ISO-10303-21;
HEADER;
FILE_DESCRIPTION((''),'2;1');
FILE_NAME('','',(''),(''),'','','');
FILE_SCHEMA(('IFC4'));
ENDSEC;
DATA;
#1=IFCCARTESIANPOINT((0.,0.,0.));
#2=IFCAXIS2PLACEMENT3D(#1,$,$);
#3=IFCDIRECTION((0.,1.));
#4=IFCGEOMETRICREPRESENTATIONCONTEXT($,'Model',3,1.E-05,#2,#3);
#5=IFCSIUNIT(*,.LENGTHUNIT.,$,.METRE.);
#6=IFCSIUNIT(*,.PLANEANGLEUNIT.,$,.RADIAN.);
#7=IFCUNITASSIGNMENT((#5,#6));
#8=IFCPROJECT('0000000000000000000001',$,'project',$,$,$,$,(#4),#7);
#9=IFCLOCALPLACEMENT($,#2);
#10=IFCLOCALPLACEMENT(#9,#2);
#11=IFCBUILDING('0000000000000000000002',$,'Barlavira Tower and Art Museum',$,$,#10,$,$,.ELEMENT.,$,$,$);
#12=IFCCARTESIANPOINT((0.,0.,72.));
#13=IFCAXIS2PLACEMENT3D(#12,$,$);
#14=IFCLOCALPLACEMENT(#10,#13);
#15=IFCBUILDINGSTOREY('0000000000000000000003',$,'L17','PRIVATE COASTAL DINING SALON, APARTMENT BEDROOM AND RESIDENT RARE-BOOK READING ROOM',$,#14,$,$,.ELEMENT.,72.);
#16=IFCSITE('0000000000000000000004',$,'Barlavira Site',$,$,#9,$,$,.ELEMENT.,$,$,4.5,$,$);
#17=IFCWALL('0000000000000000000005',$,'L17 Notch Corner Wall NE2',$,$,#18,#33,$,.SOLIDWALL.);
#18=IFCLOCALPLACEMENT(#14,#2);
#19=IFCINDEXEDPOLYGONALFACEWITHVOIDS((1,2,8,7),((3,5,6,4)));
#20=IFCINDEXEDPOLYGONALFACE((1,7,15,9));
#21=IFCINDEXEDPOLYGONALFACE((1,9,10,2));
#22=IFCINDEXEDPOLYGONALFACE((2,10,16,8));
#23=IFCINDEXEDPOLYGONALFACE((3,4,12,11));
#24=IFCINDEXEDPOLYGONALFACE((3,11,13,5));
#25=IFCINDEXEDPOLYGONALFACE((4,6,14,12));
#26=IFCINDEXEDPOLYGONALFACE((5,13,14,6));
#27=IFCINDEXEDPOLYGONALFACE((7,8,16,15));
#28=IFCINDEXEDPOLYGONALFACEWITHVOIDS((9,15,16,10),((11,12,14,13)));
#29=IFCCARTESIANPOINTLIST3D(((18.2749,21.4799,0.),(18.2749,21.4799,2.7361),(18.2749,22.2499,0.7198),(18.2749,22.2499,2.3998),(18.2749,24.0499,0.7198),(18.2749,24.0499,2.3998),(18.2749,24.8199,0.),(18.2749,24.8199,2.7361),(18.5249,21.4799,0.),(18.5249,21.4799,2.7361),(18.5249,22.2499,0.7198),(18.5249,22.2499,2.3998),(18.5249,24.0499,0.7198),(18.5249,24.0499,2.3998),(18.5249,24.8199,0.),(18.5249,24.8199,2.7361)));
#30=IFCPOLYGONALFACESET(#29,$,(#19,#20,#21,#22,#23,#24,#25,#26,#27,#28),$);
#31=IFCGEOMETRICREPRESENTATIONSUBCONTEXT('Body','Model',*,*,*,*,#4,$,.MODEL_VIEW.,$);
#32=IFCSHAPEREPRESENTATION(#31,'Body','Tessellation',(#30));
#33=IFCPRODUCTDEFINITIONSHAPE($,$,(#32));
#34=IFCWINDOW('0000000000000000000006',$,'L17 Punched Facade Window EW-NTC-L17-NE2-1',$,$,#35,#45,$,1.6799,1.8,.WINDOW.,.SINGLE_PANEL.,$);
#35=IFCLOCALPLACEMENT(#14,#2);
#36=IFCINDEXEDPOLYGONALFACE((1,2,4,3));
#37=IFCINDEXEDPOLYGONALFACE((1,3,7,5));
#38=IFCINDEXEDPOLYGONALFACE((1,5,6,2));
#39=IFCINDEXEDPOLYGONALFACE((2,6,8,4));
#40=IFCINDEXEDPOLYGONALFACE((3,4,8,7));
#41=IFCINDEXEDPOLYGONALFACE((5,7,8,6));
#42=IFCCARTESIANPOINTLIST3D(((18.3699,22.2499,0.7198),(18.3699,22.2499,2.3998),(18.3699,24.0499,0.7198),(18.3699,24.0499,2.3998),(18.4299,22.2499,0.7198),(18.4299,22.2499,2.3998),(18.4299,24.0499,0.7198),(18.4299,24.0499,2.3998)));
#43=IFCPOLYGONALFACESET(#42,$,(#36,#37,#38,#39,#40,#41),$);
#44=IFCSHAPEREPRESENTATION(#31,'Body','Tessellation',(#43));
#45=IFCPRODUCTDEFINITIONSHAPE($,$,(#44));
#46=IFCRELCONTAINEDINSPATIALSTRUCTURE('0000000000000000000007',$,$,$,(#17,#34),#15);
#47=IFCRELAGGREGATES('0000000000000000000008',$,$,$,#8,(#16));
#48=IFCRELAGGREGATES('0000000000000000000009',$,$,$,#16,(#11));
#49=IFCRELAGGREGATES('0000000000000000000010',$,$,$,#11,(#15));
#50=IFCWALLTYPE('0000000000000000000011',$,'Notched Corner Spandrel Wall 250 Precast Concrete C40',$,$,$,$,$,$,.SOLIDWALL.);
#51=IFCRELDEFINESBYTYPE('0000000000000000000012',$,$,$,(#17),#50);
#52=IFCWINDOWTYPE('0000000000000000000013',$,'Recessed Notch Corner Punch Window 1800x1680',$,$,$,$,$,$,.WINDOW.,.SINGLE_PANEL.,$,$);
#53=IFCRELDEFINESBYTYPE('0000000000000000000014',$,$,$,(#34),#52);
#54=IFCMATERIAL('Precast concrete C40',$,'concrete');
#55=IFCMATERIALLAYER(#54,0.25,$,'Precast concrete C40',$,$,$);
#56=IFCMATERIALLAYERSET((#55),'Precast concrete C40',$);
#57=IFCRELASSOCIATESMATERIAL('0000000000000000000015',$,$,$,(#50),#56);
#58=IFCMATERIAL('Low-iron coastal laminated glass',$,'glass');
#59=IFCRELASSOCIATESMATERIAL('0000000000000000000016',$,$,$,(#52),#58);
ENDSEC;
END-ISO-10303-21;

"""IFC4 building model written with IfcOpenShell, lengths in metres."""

from ifc_helpers import new_model, si_unit, direction, frame, frame_2d, origin, place, context, subcontext, project, spatial, rectangle, extrude, material, layer, layer_set, type_object, element, fill, save


model = new_model("IFC4")

# Units and contexts
model_context = context("Model", 3, precision=1e-05, world=origin(), true_north=direction((0.0, 1.0)))
body_context = subcontext(model_context, "Body", "Model", "MODEL_VIEW")
ifc_project = project(units=[si_unit("LENGTHUNIT", "METRE"), si_unit("PLANEANGLEUNIT", "RADIAN")], contexts=[model_context])

# Site, building, storey
site_placement = place(None, origin())
site = spatial("IfcSite", under=ifc_project, at=site_placement, Name="Barlavira Site", CompositionType="ELEMENT", RefElevation=4.5)
building_placement = place(site_placement, origin())
building = spatial("IfcBuilding", under=site, at=building_placement, Name="Barlavira Tower and Art Museum", CompositionType="ELEMENT")
storey_placement = place(building_placement, frame((0.0, 0.0, 72.0)))
storey = spatial("IfcBuildingStorey", under=building, at=storey_placement, Name="L17", Description="PRIVATE COASTAL DINING SALON, APARTMENT BEDROOM AND RESIDENT RARE-BOOK READING ROOM", CompositionType="ELEMENT", Elevation=72.0)

# Shared definitions
ifc_material_1 = material(Name="Precast concrete C40", Category="concrete")
ifc_layer_1 = layer(ifc_material_1, 0.25, Name="Precast concrete C40")
ifc_layer_set_1 = layer_set([ifc_layer_1], Name="Precast concrete C40")
wall_type_1 = type_object("IfcWallType", Name="Notched Corner Spandrel Wall 250 Precast Concrete C40", PredefinedType="SOLIDWALL", material=ifc_layer_set_1)
ifc_material_2 = material(Name="Low-iron coastal laminated glass", Category="glass")
window_type = type_object("IfcWindowType", Name="Recessed Notch Corner Punch Window 1800x1680", PartitioningType="SINGLE_PANEL", PredefinedType="WINDOW", material=ifc_material_2)

# Wall, opening, window
wall_1_placement = place(storey_placement, frame((18.3999, 21.48, 0.0), z_axis=(0.0, 0.0, 1.0), x_axis=(0.0, 1.0, 0.0)))
wall_1 = element("IfcWall", 1, at=wall_1_placement, inside=storey, type_object=wall_type_1, Name="L17 Notch Corner Wall NE2", PredefinedType="SOLIDWALL", context=body_context, shape_type="SweptSolid", body=[
    extrude(rectangle(XDim=3.3401, YDim=0.25, at=frame_2d((1.6699, 0.0))), origin(), (0.0, 0.0, 1.0), 2.7361),
])
opening_1_placement = place(wall_1_placement, frame((0.77, 0.0, 0.72)))
opening_1 = element("IfcOpeningElement", 2, at=opening_1_placement, cuts=wall_1, PredefinedType="OPENING", context=body_context, shape_type="SweptSolid", body=[
    extrude(rectangle(XDim=1.8, YDim=1.6799, at=frame_2d((0.8999, 0.8398))), frame((0.0, 0.135, 0.0), z_axis=(0.0, -1.0, 0.0), x_axis=(1.0, 0.0, 0.0)), (0.0, 0.0, 1.0), 0.27),
])
window_1_placement = place(opening_1_placement, origin())
window_1 = element("IfcWindow", 3, at=window_1_placement, inside=storey, type_object=window_type, Name="L17 Punched Facade Window EW-NTC-L17-NE2-1", OverallHeight=1.6799, OverallWidth=1.8, PartitioningType="SINGLE_PANEL", PredefinedType="WINDOW", context=body_context, shape_type="SweptSolid", body=[
    extrude(rectangle(XDim=1.8, YDim=1.6799, at=frame_2d((0.8999, 0.8398))), frame((0.0, 0.03, 0.0), z_axis=(0.0, -1.0, 0.0), x_axis=(1.0, 0.0, 0.0)), (0.0, 0.0, 1.0), 0.0601),
])
fill(opening_1, window_1)

save(model, "model.ifc")
